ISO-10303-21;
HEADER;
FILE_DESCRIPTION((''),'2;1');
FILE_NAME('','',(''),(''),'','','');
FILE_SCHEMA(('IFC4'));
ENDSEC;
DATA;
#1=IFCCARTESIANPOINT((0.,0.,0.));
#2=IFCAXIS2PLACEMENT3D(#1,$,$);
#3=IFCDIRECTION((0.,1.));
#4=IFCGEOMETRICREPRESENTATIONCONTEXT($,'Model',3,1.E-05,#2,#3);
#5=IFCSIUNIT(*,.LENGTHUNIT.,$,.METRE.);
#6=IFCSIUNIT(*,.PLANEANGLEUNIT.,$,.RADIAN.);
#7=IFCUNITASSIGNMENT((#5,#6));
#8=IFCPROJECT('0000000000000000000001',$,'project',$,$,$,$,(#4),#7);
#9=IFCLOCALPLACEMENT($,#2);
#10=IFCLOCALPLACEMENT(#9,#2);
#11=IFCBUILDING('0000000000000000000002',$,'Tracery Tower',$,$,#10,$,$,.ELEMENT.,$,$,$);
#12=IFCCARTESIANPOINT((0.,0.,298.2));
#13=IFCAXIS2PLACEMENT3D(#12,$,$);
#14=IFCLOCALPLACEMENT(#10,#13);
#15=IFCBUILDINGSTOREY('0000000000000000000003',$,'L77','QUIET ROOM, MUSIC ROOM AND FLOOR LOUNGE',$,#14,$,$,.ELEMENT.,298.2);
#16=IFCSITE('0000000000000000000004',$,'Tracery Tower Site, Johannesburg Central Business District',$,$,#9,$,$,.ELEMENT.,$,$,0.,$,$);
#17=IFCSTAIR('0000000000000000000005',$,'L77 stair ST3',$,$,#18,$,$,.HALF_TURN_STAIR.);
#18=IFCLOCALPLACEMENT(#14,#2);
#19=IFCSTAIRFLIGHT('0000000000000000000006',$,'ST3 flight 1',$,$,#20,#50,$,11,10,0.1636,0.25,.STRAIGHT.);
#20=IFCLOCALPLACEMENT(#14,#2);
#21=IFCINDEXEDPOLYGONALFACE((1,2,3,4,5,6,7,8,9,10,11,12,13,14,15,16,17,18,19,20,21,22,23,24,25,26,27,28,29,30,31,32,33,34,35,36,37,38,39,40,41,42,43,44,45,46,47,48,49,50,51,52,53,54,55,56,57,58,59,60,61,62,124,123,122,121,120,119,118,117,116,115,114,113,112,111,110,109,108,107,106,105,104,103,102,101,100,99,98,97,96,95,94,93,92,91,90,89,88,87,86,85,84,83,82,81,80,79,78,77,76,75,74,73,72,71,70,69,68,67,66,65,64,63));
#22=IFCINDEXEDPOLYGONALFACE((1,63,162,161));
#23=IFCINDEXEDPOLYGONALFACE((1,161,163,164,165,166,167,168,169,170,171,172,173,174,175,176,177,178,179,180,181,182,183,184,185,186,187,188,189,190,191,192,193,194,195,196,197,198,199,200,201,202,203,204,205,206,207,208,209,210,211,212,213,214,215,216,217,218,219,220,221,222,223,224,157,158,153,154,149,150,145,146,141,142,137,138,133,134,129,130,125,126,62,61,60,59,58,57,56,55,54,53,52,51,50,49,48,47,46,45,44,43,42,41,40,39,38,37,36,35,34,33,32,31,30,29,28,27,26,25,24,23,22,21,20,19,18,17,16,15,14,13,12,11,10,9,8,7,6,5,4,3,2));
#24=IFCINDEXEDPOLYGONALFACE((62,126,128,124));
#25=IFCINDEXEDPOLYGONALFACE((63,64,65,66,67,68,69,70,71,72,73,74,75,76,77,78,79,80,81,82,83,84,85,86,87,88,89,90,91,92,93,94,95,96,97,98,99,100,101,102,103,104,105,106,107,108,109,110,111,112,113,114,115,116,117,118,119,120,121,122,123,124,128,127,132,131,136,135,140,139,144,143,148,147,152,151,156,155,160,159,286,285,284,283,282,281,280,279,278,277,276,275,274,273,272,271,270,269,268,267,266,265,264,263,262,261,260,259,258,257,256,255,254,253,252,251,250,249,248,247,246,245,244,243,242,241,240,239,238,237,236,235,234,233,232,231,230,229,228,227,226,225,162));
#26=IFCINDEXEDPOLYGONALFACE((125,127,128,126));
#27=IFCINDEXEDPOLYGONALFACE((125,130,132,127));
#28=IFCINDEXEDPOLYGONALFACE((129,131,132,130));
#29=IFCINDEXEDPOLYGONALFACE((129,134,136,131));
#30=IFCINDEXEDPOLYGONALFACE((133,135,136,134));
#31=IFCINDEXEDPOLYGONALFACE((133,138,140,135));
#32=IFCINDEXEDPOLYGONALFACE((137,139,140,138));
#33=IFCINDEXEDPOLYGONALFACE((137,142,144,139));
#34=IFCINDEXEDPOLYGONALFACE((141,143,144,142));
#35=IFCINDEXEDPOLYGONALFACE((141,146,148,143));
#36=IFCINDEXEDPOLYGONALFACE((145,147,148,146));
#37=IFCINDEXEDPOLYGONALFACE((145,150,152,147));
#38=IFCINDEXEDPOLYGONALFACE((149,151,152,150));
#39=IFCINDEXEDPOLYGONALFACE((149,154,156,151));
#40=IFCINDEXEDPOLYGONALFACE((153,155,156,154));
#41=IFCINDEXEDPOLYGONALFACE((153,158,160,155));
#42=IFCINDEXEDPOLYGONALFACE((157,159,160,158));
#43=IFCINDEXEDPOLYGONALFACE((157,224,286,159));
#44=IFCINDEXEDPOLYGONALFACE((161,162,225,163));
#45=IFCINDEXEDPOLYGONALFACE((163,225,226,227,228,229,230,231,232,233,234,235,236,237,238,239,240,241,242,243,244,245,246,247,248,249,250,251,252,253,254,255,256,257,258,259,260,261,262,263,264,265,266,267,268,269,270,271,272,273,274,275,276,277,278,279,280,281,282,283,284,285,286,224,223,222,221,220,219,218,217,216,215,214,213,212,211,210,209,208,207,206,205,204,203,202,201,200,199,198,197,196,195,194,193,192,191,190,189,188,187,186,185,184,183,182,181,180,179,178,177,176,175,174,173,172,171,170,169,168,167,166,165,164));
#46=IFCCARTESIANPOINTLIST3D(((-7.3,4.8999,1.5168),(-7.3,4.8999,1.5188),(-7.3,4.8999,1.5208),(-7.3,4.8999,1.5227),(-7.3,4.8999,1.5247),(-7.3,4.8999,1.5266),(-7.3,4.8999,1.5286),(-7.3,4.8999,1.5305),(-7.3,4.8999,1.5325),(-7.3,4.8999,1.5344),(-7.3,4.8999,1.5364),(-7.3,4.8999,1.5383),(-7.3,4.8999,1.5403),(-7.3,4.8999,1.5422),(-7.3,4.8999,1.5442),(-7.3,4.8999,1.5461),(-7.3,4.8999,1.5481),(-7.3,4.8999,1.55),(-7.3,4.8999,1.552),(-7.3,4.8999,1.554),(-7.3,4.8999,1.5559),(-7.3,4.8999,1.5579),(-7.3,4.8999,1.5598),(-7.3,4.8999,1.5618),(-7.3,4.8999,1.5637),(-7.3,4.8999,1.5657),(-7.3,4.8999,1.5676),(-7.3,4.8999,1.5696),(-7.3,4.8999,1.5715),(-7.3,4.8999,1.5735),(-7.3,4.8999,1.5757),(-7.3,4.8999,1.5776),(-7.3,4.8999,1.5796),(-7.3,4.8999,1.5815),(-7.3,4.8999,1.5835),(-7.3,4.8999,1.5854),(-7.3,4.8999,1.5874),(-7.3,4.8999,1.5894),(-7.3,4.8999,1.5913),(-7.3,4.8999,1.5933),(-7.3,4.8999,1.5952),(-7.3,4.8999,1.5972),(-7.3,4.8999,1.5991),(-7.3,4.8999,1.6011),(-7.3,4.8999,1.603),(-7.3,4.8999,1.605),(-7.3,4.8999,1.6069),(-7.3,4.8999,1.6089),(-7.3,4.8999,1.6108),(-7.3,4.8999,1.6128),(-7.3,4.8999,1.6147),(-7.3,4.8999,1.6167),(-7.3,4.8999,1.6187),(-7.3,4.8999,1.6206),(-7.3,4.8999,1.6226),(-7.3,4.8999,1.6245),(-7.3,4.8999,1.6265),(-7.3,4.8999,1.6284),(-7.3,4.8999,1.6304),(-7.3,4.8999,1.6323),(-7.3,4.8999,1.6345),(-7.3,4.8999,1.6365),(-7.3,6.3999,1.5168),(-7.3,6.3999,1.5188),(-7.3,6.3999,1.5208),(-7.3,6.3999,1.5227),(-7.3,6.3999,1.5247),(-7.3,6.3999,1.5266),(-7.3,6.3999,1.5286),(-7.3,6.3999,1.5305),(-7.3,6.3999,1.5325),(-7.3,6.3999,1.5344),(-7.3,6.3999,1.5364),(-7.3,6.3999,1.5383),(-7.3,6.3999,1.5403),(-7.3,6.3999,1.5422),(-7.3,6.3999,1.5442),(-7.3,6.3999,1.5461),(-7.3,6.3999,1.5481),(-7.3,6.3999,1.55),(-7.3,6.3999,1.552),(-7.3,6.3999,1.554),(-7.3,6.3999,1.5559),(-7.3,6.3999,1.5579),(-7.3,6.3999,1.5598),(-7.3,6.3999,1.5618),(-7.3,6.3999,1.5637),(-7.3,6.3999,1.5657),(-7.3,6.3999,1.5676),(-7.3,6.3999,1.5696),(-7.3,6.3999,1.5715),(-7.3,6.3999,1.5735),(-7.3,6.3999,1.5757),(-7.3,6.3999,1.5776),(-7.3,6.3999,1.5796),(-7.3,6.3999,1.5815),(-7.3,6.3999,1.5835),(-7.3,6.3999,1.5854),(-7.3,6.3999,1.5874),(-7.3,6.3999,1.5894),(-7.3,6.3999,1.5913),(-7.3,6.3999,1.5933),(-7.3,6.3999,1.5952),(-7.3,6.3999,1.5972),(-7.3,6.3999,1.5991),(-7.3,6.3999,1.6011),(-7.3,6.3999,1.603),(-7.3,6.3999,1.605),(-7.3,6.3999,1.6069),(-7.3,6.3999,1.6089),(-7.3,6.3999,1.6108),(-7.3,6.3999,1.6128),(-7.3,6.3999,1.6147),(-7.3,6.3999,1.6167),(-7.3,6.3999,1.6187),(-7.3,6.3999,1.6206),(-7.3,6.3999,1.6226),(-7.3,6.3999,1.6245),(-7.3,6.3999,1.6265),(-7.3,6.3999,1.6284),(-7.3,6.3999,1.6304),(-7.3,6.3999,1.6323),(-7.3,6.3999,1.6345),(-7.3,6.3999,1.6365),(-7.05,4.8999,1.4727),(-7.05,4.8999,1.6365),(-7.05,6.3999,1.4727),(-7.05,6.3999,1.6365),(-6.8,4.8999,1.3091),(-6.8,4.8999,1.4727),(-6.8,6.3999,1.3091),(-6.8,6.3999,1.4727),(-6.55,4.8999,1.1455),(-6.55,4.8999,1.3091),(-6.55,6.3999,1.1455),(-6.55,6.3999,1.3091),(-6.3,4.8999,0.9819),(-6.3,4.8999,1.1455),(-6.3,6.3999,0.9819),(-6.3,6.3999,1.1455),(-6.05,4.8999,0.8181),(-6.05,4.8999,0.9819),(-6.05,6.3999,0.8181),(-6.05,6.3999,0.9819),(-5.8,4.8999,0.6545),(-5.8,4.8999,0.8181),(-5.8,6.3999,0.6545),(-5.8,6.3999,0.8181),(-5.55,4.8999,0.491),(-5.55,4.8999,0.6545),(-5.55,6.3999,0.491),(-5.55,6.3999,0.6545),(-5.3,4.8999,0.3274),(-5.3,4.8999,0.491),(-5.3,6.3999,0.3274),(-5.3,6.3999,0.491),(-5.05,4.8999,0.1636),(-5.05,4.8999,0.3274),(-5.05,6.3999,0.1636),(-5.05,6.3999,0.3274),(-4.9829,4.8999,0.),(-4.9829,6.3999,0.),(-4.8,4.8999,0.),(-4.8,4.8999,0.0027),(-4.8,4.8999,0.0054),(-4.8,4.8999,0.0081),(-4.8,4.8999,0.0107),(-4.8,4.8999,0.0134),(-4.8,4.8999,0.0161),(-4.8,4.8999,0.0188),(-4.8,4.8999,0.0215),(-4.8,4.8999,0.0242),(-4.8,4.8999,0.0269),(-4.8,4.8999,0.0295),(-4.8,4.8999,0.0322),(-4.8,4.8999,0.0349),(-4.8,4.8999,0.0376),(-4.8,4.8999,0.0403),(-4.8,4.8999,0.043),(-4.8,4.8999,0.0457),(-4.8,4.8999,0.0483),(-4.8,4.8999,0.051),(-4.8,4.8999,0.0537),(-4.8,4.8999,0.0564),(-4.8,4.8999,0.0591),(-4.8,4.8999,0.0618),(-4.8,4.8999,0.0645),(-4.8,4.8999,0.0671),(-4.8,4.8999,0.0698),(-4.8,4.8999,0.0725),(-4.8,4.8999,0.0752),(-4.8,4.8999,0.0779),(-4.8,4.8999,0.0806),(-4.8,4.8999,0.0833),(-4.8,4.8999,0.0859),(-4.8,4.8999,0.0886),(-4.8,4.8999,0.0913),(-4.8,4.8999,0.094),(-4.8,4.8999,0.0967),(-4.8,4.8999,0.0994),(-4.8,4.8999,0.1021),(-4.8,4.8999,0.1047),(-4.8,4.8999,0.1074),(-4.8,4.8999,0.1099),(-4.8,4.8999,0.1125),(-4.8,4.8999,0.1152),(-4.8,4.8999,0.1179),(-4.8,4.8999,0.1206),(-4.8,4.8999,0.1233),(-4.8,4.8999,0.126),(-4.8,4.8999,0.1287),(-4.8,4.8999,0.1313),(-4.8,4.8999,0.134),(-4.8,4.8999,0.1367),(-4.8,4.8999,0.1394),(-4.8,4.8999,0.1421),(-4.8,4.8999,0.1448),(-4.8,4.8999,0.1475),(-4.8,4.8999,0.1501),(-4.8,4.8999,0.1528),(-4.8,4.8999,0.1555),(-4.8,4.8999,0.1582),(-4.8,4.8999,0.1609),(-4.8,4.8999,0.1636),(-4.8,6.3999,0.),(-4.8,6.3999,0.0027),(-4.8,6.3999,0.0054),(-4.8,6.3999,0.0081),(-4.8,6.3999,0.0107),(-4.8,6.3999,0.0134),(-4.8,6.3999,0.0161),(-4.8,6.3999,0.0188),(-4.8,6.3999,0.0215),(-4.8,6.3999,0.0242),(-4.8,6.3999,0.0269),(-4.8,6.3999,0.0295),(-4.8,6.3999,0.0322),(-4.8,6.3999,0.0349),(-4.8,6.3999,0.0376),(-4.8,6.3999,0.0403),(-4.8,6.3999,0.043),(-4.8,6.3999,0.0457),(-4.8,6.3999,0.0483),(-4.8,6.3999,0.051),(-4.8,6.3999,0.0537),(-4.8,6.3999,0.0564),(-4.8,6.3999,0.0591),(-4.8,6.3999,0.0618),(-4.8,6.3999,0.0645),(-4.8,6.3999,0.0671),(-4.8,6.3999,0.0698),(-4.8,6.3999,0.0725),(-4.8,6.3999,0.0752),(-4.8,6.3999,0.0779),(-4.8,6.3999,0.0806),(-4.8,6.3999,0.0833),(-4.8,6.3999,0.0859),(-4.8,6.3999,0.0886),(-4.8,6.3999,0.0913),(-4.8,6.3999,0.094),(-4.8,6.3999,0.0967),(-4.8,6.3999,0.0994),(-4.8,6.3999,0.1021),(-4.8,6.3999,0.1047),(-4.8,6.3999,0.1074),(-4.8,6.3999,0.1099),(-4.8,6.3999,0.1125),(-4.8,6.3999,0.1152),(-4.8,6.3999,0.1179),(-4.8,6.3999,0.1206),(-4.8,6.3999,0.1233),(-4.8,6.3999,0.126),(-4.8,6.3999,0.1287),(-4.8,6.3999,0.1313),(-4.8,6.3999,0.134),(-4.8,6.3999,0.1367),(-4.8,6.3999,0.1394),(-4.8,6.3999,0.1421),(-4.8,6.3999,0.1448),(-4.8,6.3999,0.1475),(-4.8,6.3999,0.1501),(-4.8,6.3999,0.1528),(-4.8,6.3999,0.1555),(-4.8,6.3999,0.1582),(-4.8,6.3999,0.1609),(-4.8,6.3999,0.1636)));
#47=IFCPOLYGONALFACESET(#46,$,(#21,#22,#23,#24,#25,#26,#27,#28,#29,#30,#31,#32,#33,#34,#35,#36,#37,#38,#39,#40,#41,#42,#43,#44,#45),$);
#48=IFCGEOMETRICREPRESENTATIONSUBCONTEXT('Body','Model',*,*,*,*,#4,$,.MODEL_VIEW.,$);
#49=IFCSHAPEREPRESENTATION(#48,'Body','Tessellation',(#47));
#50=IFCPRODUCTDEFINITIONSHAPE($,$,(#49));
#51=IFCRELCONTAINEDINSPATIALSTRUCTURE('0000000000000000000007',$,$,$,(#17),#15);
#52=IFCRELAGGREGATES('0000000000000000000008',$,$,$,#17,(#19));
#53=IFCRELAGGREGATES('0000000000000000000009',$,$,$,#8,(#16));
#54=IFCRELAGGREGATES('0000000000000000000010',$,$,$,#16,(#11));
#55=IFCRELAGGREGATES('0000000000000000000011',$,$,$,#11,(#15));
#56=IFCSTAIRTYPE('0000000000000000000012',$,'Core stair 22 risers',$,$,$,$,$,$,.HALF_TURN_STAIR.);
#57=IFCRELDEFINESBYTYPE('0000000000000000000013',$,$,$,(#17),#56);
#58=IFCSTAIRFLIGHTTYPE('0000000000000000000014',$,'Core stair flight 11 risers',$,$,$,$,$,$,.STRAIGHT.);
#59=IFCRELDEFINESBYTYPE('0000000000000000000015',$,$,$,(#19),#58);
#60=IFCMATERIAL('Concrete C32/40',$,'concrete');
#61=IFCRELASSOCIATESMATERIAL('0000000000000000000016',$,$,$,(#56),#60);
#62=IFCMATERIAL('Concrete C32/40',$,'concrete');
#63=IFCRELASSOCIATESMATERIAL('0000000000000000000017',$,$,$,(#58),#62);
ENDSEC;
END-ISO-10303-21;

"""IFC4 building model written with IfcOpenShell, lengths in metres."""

from ifc_helpers import new_model, si_unit, direction, frame, origin, place, context, subcontext, project, spatial, polyline, outline, extrude, material, type_object, element, aggregate, save


model = new_model("IFC4")

# Units and contexts
model_context = context("Model", 3, precision=1e-05, world=origin(), true_north=direction((0.0, 1.0)))
body_context = subcontext(model_context, "Body", "Model", "MODEL_VIEW")
ifc_project = project(units=[si_unit("LENGTHUNIT", "METRE"), si_unit("PLANEANGLEUNIT", "RADIAN")], contexts=[model_context])

# Site, building, storey
site_placement = place(None, origin())
site = spatial("IfcSite", under=ifc_project, at=site_placement, Name="Tracery Tower Site, Johannesburg Central Business District", CompositionType="ELEMENT", RefElevation=0.0)
building_placement = place(site_placement, origin())
building = spatial("IfcBuilding", under=site, at=building_placement, Name="Tracery Tower", CompositionType="ELEMENT")
storey_placement = place(building_placement, frame((0.0, 0.0, 298.2)))
storey = spatial("IfcBuildingStorey", under=building, at=storey_placement, Name="L77", Description="QUIET ROOM, MUSIC ROOM AND FLOOR LOUNGE", CompositionType="ELEMENT", Elevation=298.2)

# Stair, stair flight
ifc_material_1 = material(Name="Concrete C32/40", Category="concrete")
stair_type = type_object("IfcStairType", Name="Core stair 22 risers", PredefinedType="HALF_TURN_STAIR", material=ifc_material_1)
stair_placement = place(storey_placement, origin())
stair = element("IfcStair", 1, at=stair_placement, inside=storey, type_object=stair_type, Name="L77 stair ST3", PredefinedType="HALF_TURN_STAIR")
ifc_material_2 = material(Name="Concrete C32/40", Category="concrete")
stair_flight_type = type_object("IfcStairFlightType", Name="Core stair flight 11 risers", PredefinedType="STRAIGHT", material=ifc_material_2)
stair_flight_1_placement = place(storey_placement, frame((-4.8, 5.6499, 0.0), z_axis=(0.0, 0.0, 1.0), x_axis=(-1.0, 0.0, 0.0)))
stair_flight_1 = element("IfcStairFlight", 2, at=stair_flight_1_placement, type_object=stair_flight_type, Name="ST3 flight 1", NumberOfRisers=11, NumberOfTreads=10, PredefinedType="STRAIGHT", RiserHeight=0.1636, TreadLength=0.25, context=body_context, shape_type="SweptSolid", body=[
    extrude(outline(polyline([(0.0, 0.0), (0.0, 0.0027), (0.0, 0.0054), (0.0, 0.0081), (0.0, 0.0107), (0.0, 0.0134), (0.0, 0.0161), (0.0, 0.0188), (0.0, 0.0215), (0.0, 0.0242), (0.0, 0.0269), (0.0, 0.0295), (0.0, 0.0322), (0.0, 0.0349), (0.0, 0.0376), (0.0, 0.0403), (0.0, 0.043), (0.0, 0.0457), (0.0, 0.0483), (0.0, 0.051), (0.0, 0.0537), (0.0, 0.0564), (0.0, 0.0591), (0.0, 0.0618), (0.0, 0.0645), (0.0, 0.0671), (0.0, 0.0698), (0.0, 0.0725), (0.0, 0.0752), (0.0, 0.0779), (0.0, 0.0806), (0.0, 0.0833), (0.0, 0.0859), (0.0, 0.0886), (0.0, 0.0913), (0.0, 0.094), (0.0, 0.0967), (0.0, 0.0994), (0.0, 0.1021), (0.0, 0.1047), (0.0, 0.1074), (0.0, 0.1099), (0.0, 0.1125), (0.0, 0.1152), (0.0, 0.1179), (0.0, 0.1206), (0.0, 0.1233), (0.0, 0.126), (0.0, 0.1287), (0.0, 0.1313), (0.0, 0.134), (0.0, 0.1367), (0.0, 0.1394), (0.0, 0.1421), (0.0, 0.1448), (0.0, 0.1475), (0.0, 0.1501), (0.0, 0.1528), (0.0, 0.1555), (0.0, 0.1582), (0.0, 0.1609), (0.0, 0.1636), (0.25, 0.1636), (0.25, 0.3274), (0.5, 0.3274), (0.5, 0.491), (0.75, 0.491), (0.75, 0.6545), (1.0, 0.6545), (1.0, 0.8181), (1.25, 0.8181), (1.25, 0.9819), (1.5, 0.9819), (1.5, 1.1455), (1.75, 1.1455), (1.75, 1.3091), (2.0, 1.3091), (2.0, 1.4727), (2.25, 1.4727), (2.25, 1.6365), (2.5, 1.6365), (2.5, 1.6345), (2.5, 1.6323), (2.5, 1.6304), (2.5, 1.6284), (2.5, 1.6265), (2.5, 1.6245), (2.5, 1.6226), (2.5, 1.6206), (2.5, 1.6187), (2.5, 1.6167), (2.5, 1.6147), (2.5, 1.6128), (2.5, 1.6108), (2.5, 1.6089), (2.5, 1.6069), (2.5, 1.605), (2.5, 1.603), (2.5, 1.6011), (2.5, 1.5991), (2.5, 1.5972), (2.5, 1.5952), (2.5, 1.5933), (2.5, 1.5913), (2.5, 1.5894), (2.5, 1.5874), (2.5, 1.5854), (2.5, 1.5835), (2.5, 1.5815), (2.5, 1.5796), (2.5, 1.5776), (2.5, 1.5757), (2.5, 1.5735), (2.5, 1.5715), (2.5, 1.5696), (2.5, 1.5676), (2.5, 1.5657), (2.5, 1.5637), (2.5, 1.5618), (2.5, 1.5598), (2.5, 1.5579), (2.5, 1.5559), (2.5, 1.554), (2.5, 1.552), (2.5, 1.55), (2.5, 1.5481), (2.5, 1.5461), (2.5, 1.5442), (2.5, 1.5422), (2.5, 1.5403), (2.5, 1.5383), (2.5, 1.5364), (2.5, 1.5344), (2.5, 1.5325), (2.5, 1.5305), (2.5, 1.5286), (2.5, 1.5266), (2.5, 1.5247), (2.5, 1.5227), (2.5, 1.5208), (2.5, 1.5188), (2.5, 1.5168), (0.1829, 0.0), (0.0, 0.0)])), frame((0.0, 0.75, 0.0), z_axis=(0.0, -1.0, 0.0), x_axis=(1.0, 0.0, 0.0)), (0.0, 0.0, 1.0), 1.5),
])
aggregate(stair, [stair_flight_1])

save(model, "model.ifc")
